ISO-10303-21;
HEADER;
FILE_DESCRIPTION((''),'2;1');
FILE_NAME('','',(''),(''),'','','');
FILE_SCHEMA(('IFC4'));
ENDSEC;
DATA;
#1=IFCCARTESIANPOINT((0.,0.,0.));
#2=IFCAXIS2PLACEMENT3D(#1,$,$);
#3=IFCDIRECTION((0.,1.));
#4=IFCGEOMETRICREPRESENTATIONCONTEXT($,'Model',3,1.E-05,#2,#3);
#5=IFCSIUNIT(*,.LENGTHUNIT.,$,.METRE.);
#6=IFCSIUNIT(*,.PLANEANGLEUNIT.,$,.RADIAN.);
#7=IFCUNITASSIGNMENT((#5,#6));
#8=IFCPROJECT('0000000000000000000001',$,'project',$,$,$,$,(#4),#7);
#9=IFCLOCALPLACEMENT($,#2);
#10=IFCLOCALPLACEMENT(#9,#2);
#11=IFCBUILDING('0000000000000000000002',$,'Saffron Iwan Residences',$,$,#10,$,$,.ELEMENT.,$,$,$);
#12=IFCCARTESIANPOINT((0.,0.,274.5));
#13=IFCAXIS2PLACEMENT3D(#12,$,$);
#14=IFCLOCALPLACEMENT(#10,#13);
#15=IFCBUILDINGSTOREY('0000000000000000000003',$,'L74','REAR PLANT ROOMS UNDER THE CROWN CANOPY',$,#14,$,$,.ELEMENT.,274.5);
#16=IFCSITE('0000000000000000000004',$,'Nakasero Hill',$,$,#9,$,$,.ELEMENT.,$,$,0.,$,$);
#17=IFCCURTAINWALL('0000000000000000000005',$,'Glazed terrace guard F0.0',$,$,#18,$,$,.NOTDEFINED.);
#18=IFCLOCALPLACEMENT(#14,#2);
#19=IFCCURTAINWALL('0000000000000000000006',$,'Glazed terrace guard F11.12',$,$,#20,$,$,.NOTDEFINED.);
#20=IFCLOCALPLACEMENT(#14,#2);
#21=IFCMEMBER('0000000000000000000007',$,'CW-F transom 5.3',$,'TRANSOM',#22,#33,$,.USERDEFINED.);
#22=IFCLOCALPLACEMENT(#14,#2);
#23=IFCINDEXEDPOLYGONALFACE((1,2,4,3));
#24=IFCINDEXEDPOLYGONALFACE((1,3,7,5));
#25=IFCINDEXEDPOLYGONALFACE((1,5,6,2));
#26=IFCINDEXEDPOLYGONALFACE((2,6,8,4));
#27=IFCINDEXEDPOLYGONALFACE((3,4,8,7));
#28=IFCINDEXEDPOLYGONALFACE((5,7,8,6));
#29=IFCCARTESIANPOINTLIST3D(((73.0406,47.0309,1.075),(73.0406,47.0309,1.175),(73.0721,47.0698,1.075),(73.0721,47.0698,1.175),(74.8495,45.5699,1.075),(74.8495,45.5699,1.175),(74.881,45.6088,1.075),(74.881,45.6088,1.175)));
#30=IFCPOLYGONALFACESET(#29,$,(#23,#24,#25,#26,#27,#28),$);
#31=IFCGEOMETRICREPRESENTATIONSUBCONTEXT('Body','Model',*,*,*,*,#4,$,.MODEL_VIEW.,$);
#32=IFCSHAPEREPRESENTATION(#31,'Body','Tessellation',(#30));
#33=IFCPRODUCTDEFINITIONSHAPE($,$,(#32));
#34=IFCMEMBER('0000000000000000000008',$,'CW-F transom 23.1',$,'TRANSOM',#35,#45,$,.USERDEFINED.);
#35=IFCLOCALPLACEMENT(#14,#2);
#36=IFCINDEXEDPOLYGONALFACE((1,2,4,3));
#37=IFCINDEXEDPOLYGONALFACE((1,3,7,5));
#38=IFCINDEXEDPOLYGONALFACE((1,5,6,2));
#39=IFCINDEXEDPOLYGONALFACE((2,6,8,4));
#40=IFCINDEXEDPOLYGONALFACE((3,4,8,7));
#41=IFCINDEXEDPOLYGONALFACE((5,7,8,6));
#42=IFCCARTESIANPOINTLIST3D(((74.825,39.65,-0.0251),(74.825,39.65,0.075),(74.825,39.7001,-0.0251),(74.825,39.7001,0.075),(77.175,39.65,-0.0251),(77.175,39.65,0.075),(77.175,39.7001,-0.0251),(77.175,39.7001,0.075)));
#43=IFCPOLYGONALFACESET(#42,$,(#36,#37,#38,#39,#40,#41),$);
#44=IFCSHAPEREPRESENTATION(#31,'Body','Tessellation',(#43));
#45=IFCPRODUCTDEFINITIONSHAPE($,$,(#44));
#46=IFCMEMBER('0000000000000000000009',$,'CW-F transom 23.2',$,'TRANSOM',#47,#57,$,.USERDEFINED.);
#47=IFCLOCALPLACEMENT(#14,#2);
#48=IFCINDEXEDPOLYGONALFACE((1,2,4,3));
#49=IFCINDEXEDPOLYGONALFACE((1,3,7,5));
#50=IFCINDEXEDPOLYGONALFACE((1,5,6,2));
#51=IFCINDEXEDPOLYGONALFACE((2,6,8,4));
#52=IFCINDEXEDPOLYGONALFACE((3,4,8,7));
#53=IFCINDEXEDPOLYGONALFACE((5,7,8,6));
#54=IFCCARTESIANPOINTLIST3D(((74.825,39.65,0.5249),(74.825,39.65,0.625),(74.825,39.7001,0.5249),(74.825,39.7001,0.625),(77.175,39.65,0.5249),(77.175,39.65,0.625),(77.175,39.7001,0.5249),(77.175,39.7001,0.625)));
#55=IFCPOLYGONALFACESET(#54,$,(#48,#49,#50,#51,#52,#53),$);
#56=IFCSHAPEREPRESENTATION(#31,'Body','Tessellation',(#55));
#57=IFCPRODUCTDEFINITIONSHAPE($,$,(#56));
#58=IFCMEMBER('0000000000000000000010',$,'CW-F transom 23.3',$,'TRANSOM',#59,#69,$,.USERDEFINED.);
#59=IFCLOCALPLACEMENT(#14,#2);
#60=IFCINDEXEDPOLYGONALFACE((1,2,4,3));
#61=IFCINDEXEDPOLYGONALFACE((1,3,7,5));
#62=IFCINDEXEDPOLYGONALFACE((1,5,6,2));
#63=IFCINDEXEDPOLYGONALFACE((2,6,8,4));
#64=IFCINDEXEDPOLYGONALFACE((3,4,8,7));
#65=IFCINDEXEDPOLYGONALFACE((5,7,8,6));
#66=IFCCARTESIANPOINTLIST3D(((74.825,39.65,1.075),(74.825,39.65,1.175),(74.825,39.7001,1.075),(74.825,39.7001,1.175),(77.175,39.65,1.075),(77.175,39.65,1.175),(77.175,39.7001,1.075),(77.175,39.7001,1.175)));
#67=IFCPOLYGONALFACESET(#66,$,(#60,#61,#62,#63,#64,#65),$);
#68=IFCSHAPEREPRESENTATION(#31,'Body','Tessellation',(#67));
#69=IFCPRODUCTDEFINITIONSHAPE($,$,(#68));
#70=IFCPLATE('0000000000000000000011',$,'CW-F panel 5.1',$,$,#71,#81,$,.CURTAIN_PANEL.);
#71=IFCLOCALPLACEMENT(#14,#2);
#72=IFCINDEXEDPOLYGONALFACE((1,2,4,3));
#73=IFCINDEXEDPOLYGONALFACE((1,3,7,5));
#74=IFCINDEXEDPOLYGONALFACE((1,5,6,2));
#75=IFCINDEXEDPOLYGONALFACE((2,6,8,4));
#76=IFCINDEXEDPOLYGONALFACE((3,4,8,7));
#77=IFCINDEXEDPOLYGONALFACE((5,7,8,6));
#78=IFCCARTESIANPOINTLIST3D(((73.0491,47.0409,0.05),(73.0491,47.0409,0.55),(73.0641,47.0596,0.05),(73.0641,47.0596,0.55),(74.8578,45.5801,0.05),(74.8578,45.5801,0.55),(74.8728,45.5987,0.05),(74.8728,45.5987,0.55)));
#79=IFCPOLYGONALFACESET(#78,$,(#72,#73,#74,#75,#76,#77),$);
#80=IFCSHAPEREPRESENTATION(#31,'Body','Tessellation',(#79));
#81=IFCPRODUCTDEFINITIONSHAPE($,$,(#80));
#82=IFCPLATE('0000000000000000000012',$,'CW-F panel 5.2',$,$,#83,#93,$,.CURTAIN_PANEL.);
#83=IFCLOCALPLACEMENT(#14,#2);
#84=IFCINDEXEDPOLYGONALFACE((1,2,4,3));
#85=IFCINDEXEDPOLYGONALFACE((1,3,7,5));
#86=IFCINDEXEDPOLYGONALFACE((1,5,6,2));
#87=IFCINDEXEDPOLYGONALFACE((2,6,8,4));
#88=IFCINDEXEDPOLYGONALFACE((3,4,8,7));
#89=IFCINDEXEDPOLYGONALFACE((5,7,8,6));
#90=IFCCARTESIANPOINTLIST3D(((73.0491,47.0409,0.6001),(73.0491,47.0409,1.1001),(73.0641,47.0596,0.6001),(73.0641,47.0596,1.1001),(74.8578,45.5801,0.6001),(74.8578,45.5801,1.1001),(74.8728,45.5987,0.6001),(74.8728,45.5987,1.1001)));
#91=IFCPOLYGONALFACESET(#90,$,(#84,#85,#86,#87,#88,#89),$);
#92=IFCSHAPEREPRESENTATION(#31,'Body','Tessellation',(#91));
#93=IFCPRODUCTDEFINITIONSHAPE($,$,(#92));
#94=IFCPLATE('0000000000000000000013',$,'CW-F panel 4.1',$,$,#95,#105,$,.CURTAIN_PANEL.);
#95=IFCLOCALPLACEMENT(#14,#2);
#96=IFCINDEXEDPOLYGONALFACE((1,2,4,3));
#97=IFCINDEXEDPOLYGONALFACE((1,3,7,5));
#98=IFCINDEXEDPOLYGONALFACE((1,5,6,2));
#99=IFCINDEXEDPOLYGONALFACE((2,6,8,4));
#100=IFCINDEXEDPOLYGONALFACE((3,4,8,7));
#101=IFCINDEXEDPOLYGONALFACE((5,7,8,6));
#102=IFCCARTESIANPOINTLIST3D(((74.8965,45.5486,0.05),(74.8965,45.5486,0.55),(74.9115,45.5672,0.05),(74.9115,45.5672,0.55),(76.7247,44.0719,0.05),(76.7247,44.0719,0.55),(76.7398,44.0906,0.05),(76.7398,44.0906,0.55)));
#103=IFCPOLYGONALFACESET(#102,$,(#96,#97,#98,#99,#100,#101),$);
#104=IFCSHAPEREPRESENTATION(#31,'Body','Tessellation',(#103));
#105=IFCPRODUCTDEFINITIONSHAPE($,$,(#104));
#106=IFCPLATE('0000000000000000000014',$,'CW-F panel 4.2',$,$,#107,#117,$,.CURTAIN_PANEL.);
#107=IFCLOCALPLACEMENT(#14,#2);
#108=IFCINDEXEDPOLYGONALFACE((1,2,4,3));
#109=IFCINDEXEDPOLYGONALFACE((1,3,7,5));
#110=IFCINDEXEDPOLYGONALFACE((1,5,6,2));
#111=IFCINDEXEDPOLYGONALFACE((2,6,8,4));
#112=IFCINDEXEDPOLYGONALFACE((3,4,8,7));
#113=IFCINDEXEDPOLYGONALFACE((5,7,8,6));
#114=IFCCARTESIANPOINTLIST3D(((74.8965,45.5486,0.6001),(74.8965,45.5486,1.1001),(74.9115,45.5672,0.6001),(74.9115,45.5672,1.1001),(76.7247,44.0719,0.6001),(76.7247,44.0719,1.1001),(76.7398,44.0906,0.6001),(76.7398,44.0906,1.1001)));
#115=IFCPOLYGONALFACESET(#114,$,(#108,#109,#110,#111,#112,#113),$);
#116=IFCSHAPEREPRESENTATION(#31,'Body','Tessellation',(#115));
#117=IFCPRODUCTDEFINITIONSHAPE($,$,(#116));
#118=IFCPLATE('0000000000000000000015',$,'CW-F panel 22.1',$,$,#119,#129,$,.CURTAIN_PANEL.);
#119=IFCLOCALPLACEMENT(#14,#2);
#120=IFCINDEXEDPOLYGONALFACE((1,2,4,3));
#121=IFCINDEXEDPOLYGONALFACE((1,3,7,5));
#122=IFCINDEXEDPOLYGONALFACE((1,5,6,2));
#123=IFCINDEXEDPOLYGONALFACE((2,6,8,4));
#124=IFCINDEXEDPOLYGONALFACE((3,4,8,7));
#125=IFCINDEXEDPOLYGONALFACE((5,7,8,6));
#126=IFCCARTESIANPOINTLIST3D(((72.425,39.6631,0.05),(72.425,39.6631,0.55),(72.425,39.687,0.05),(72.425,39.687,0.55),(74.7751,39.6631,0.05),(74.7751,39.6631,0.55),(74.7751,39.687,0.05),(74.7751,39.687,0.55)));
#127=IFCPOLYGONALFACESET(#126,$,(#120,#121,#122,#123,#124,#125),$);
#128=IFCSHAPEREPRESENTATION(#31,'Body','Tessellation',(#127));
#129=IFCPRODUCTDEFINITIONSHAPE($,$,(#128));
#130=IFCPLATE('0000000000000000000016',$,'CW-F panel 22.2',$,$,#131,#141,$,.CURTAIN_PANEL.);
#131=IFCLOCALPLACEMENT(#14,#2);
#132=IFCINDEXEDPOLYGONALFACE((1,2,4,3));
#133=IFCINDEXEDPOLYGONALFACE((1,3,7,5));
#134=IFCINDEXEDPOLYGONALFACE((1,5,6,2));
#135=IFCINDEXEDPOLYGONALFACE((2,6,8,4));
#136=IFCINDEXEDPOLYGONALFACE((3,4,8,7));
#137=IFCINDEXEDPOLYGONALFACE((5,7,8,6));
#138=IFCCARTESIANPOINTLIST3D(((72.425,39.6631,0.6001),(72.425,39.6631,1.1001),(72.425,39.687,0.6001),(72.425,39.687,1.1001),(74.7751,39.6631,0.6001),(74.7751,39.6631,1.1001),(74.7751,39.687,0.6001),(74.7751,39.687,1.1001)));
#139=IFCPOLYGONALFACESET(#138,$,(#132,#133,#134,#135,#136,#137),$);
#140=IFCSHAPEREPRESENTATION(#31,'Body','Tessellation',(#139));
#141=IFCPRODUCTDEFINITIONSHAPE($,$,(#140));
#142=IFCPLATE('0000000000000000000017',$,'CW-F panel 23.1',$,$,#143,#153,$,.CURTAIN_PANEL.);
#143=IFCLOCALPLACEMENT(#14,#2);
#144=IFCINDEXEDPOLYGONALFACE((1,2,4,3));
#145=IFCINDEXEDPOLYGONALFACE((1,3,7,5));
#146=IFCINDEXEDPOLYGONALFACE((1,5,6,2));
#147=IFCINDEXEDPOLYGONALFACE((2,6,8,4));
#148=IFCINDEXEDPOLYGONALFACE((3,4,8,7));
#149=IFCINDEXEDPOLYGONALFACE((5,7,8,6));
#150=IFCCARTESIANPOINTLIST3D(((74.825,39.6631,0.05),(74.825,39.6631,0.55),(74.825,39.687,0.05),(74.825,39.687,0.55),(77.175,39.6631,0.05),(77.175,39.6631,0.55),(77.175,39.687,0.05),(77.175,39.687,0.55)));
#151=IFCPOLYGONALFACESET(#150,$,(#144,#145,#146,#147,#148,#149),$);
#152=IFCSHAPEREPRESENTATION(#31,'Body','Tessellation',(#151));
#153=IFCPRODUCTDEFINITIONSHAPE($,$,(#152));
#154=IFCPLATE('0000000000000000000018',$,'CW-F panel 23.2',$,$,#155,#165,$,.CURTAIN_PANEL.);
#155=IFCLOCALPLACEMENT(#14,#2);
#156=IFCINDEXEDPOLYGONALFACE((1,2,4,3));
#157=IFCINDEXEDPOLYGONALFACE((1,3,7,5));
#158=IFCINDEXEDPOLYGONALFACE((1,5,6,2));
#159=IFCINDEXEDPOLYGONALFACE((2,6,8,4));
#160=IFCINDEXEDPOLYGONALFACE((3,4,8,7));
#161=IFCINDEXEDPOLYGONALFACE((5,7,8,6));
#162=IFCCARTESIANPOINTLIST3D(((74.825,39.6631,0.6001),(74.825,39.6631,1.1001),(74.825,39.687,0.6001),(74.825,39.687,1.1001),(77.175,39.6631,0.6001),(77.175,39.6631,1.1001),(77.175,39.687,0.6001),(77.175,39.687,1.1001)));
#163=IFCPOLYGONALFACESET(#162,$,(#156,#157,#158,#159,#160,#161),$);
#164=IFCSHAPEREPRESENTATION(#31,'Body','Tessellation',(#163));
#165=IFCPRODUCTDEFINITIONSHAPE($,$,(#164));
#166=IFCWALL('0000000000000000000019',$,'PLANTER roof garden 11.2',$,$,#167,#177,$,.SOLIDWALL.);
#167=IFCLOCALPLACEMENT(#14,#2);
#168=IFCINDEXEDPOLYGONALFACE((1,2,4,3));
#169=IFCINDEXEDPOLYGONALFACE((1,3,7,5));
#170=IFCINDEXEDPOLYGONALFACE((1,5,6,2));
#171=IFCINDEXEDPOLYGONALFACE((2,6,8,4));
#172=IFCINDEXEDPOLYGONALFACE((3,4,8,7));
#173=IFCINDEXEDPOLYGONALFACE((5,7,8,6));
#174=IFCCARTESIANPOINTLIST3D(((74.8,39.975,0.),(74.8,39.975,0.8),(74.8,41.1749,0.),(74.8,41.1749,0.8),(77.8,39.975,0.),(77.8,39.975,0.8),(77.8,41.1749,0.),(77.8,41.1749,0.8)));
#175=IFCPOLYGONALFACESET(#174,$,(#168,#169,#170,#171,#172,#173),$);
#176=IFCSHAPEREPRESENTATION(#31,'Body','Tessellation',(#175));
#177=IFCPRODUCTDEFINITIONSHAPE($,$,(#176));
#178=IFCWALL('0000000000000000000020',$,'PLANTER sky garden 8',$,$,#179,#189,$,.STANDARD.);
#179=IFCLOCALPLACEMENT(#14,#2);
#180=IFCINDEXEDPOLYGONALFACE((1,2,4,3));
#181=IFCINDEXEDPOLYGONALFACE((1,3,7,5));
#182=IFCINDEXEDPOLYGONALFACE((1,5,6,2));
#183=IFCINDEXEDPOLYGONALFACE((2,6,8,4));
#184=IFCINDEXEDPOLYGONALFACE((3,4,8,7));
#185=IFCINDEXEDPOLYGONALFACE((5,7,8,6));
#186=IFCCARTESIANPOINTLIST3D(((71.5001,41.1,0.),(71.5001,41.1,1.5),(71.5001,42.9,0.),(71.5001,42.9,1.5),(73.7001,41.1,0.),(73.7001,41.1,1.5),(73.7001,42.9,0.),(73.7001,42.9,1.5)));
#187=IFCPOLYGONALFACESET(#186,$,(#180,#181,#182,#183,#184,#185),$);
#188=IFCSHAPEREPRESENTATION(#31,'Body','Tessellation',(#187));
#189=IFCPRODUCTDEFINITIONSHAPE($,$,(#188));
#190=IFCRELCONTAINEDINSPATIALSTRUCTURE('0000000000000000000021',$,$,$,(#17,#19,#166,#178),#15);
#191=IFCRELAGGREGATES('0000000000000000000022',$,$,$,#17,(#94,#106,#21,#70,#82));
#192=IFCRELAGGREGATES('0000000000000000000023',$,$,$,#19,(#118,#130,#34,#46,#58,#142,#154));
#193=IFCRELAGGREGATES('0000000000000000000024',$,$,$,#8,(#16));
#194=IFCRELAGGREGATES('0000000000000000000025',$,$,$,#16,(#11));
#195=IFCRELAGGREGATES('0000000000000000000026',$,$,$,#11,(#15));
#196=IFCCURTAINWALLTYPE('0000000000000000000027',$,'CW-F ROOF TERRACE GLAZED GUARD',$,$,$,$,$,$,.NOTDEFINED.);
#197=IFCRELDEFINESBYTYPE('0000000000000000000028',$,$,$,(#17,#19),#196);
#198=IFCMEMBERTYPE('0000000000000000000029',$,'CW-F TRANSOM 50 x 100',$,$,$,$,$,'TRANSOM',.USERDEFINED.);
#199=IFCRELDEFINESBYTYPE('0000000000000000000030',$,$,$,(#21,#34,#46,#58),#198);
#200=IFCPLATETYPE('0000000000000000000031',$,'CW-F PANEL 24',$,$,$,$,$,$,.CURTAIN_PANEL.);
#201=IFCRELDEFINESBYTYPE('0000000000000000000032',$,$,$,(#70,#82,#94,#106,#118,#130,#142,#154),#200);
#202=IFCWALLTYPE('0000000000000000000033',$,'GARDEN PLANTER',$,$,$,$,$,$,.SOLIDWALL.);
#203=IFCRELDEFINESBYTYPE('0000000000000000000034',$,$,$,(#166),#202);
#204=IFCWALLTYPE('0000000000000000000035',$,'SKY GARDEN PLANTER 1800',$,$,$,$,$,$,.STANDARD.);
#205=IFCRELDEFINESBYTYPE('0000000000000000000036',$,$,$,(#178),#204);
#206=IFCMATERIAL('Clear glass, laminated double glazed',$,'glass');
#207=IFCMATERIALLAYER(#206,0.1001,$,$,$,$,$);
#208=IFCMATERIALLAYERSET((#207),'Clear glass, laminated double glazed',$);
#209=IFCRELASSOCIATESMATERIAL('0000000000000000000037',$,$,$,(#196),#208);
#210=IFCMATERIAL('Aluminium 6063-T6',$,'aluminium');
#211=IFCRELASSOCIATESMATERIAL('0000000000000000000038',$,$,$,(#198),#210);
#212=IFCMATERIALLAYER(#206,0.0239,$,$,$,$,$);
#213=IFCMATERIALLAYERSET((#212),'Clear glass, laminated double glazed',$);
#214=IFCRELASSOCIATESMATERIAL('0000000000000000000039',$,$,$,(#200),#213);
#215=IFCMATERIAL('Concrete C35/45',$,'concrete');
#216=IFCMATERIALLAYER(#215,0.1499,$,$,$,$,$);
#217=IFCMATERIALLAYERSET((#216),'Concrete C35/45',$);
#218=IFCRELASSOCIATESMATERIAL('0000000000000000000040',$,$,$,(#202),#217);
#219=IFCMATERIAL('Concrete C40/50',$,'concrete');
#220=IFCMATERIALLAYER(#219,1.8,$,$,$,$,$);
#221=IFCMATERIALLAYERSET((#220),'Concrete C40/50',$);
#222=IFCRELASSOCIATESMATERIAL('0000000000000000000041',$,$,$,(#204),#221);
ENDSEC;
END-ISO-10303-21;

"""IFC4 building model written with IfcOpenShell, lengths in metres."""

from ifc_helpers import new_model, si_unit, direction, frame, frame_2d, origin, origin_2d, place, context, subcontext, project, spatial, rectangle, extrude, source, transform, mapped, material, layer, layer_set, material_profile, profile_set, type_object, element, aggregate, save


model = new_model("IFC4")

# Units and contexts
model_context = context("Model", 3, precision=1e-05, world=origin(), true_north=direction((0.0, 1.0)))
body_context = subcontext(model_context, "Body", "Model", "MODEL_VIEW")
ifc_project = project(units=[si_unit("LENGTHUNIT", "METRE"), si_unit("PLANEANGLEUNIT", "RADIAN")], contexts=[model_context])

# Site, building, storey
site_placement = place(None, origin())
site = spatial("IfcSite", under=ifc_project, at=site_placement, Name="Nakasero Hill", CompositionType="ELEMENT", RefElevation=0.0)
building_placement = place(site_placement, origin())
building = spatial("IfcBuilding", under=site, at=building_placement, Name="Saffron Iwan Residences", CompositionType="ELEMENT")
storey_placement = place(building_placement, frame((0.0, 0.0, 274.5)))
storey = spatial("IfcBuildingStorey", under=building, at=storey_placement, Name="L74", Description="REAR PLANT ROOMS UNDER THE CROWN CANOPY", CompositionType="ELEMENT", Elevation=274.5)

# Curtain walls
ifc_material_1 = material(Name="Clear glass, laminated double glazed", Category="glass")
ifc_layer_1 = layer(ifc_material_1, 0.1001)
ifc_layer_set_1 = layer_set([ifc_layer_1], Name="Clear glass, laminated double glazed")
curtain_wall_type = type_object("IfcCurtainWallType", Name="CW-F ROOF TERRACE GLAZED GUARD", PredefinedType="NOTDEFINED", material=ifc_layer_set_1)
curtain_wall_1_placement = place(storey_placement, origin())
curtain_wall_1 = element("IfcCurtainWall", 1, at=curtain_wall_1_placement, inside=storey, type_object=curtain_wall_type, Name="Glazed terrace guard F0.0", PredefinedType="NOTDEFINED")
ifc_material_2 = material(Name="Aluminium 6063-T6", Category="aluminium")
curtain_wall_2_placement = place(storey_placement, origin())
curtain_wall_2 = element("IfcCurtainWall", 2, at=curtain_wall_2_placement, inside=storey, type_object=curtain_wall_type, Name="Glazed terrace guard F11.12", PredefinedType="NOTDEFINED")

# Members
ifc_material_profile_1 = material_profile(ifc_material_2, rectangle(XDim=0.05, YDim=0.1001, at=origin_2d()), Name="CW-F TRANSOM 50 x 100")
ifc_profile_set_1 = profile_set([ifc_material_profile_1], Name="Aluminium 6063-T6")
member_type_1 = type_object("IfcMemberType", Name="CW-F TRANSOM 50 x 100", ElementType="TRANSOM", PredefinedType="USERDEFINED", material=ifc_profile_set_1)
shared_shape_1 = source(origin(), body_context, "Body", "SweptSolid", [
    extrude(rectangle(XDim=0.05, YDim=0.1001, at=origin_2d()), origin(), (0.0, 0.0, 1.0), 2.3252),
])
member_1_placement = place(storey_placement, frame((74.8652, 45.5894, 1.125), z_axis=(-0.777951, 0.628325, 0.0), x_axis=(-0.628325, -0.777951, 0.0)))
member_1 = element("IfcMember", 3, at=member_1_placement, type_object=member_type_1, Name="CW-F transom 5.3", ObjectType="TRANSOM", PredefinedType="USERDEFINED", context=body_context, shape_type="MappedRepresentation", body=[
    mapped(shared_shape_1, transform((0.0, 0.0, 0.0))),
])
shared_shape_2 = source(origin(), body_context, "Body", "SweptSolid", [
    extrude(rectangle(XDim=0.05, YDim=0.1001, at=origin_2d()), origin(), (0.0, 0.0, 1.0), 2.3501),
])
member_2_placement = place(storey_placement, frame((74.825, 39.675, 0.0249), z_axis=(1.0, 0.0, 0.0), x_axis=(0.0, 1.0, 0.0)))
member_2 = element("IfcMember", 4, at=member_2_placement, type_object=member_type_1, Name="CW-F transom 23.1", ObjectType="TRANSOM", PredefinedType="USERDEFINED", context=body_context, shape_type="MappedRepresentation", body=[
    mapped(shared_shape_2, transform((0.0, 0.0, 0.0))),
])
member_3_placement = place(storey_placement, frame((74.825, 39.675, 0.575), z_axis=(1.0, 0.0, 0.0), x_axis=(0.0, 1.0, 0.0)))
member_3 = element("IfcMember", 5, at=member_3_placement, type_object=member_type_1, Name="CW-F transom 23.2", ObjectType="TRANSOM", PredefinedType="USERDEFINED", context=body_context, shape_type="MappedRepresentation", body=[
    mapped(shared_shape_2, transform((0.0, 0.0, 0.0))),
])
member_4_placement = place(storey_placement, frame((74.825, 39.675, 1.125), z_axis=(1.0, 0.0, 0.0), x_axis=(0.0, 1.0, 0.0)))
member_4 = element("IfcMember", 6, at=member_4_placement, type_object=member_type_1, Name="CW-F transom 23.3", ObjectType="TRANSOM", PredefinedType="USERDEFINED", context=body_context, shape_type="MappedRepresentation", body=[
    mapped(shared_shape_2, transform((0.0, 0.0, 0.0))),
])

# Plates
ifc_layer_2 = layer(ifc_material_1, 0.0239)
ifc_layer_set_2 = layer_set([ifc_layer_2], Name="Clear glass, laminated double glazed")
plate_type = type_object("IfcPlateType", Name="CW-F PANEL 24", PredefinedType="CURTAIN_PANEL", material=ifc_layer_set_2)
shared_shape_3 = source(origin(), body_context, "Body", "SweptSolid", [
    extrude(rectangle(XDim=2.325, YDim=0.0239, at=origin_2d()), origin(), (0.0, 0.0, 1.0), 0.5),
])
plate_1_placement = place(storey_placement, frame((73.9609, 46.3198, 0.05), z_axis=(0.0, 0.0, 1.0), x_axis=(-0.777941, 0.628337, 0.0)))
plate_1 = element("IfcPlate", 7, at=plate_1_placement, type_object=plate_type, Name="CW-F panel 5.1", PredefinedType="CURTAIN_PANEL", context=body_context, shape_type="MappedRepresentation", body=[
    mapped(shared_shape_3, transform((0.0, 0.0, 0.0))),
])
plate_2_placement = place(storey_placement, frame((73.9609, 46.3198, 0.6001), z_axis=(0.0, 0.0, 1.0), x_axis=(-0.777941, 0.628337, 0.0)))
plate_2 = element("IfcPlate", 8, at=plate_2_placement, type_object=plate_type, Name="CW-F panel 5.2", PredefinedType="CURTAIN_PANEL", context=body_context, shape_type="MappedRepresentation", body=[
    mapped(shared_shape_3, transform((0.0, 0.0, 0.0))),
])
shared_shape_4 = source(origin(), body_context, "Body", "SweptSolid", [
    extrude(rectangle(XDim=2.3501, YDim=0.0239, at=origin_2d()), origin(), (0.0, 0.0, 1.0), 0.5),
])
plate_3_placement = place(storey_placement, frame((75.8181, 44.8196, 0.05), z_axis=(0.0, 0.0, 1.0), x_axis=(-0.777941, 0.628337, 0.0)))
plate_3 = element("IfcPlate", 9, at=plate_3_placement, type_object=plate_type, Name="CW-F panel 4.1", PredefinedType="CURTAIN_PANEL", context=body_context, shape_type="MappedRepresentation", body=[
    mapped(shared_shape_4, transform((0.0, 0.0, 0.0))),
])
plate_4_placement = place(storey_placement, frame((75.8181, 44.8196, 0.6001), z_axis=(0.0, 0.0, 1.0), x_axis=(-0.777941, 0.628337, 0.0)))
plate_4 = element("IfcPlate", 10, at=plate_4_placement, type_object=plate_type, Name="CW-F panel 4.2", PredefinedType="CURTAIN_PANEL", context=body_context, shape_type="MappedRepresentation", body=[
    mapped(shared_shape_4, transform((0.0, 0.0, 0.0))),
])
aggregate(curtain_wall_1, [plate_3, plate_4, member_1, plate_1, plate_2])
plate_5_placement = place(storey_placement, frame((73.6001, 39.675, 0.05), z_axis=(0.0, 0.0, 1.0), x_axis=(1.0, 0.0, 0.0)))
plate_5 = element("IfcPlate", 11, at=plate_5_placement, type_object=plate_type, Name="CW-F panel 22.1", PredefinedType="CURTAIN_PANEL", context=body_context, shape_type="MappedRepresentation", body=[
    mapped(shared_shape_4, transform((0.0, 0.0, 0.0))),
])
plate_6_placement = place(storey_placement, frame((73.6001, 39.675, 0.6001), z_axis=(0.0, 0.0, 1.0), x_axis=(1.0, 0.0, 0.0)))
plate_6 = element("IfcPlate", 12, at=plate_6_placement, type_object=plate_type, Name="CW-F panel 22.2", PredefinedType="CURTAIN_PANEL", context=body_context, shape_type="MappedRepresentation", body=[
    mapped(shared_shape_4, transform((0.0, 0.0, 0.0))),
])
plate_7_placement = place(storey_placement, frame((76.0, 39.675, 0.05), z_axis=(0.0, 0.0, 1.0), x_axis=(1.0, 0.0, 0.0)))
plate_7 = element("IfcPlate", 13, at=plate_7_placement, type_object=plate_type, Name="CW-F panel 23.1", PredefinedType="CURTAIN_PANEL", context=body_context, shape_type="MappedRepresentation", body=[
    mapped(shared_shape_4, transform((0.0, 0.0, 0.0))),
])
plate_8_placement = place(storey_placement, frame((76.0, 39.675, 0.6001), z_axis=(0.0, 0.0, 1.0), x_axis=(1.0, 0.0, 0.0)))
plate_8 = element("IfcPlate", 14, at=plate_8_placement, type_object=plate_type, Name="CW-F panel 23.2", PredefinedType="CURTAIN_PANEL", context=body_context, shape_type="MappedRepresentation", body=[
    mapped(shared_shape_4, transform((0.0, 0.0, 0.0))),
])
aggregate(curtain_wall_2, [plate_5, plate_6, member_2, member_3, member_4, plate_7, plate_8])

# Walls
ifc_material_3 = material(Name="Concrete C35/45", Category="concrete")
ifc_layer_3 = layer(ifc_material_3, 0.1499)
ifc_layer_set_3 = layer_set([ifc_layer_3], Name="Concrete C35/45")
wall_type_1 = type_object("IfcWallType", Name="GARDEN PLANTER", PredefinedType="SOLIDWALL", material=ifc_layer_set_3)
wall_1_placement = place(storey_placement, frame((74.8, 40.575, 0.0), z_axis=(0.0, 0.0, 1.0), x_axis=(1.0, 0.0, 0.0)))
element("IfcWall", 15, at=wall_1_placement, inside=storey, type_object=wall_type_1, Name="PLANTER roof garden 11.2", PredefinedType="SOLIDWALL", context=body_context, shape_type="SweptSolid", body=[
    extrude(rectangle(XDim=3.0, YDim=1.2, at=frame_2d((1.5, 0.0))), origin(), (0.0, 0.0, 1.0), 0.8),
])
ifc_material_4 = material(Name="Concrete C40/50", Category="concrete")
ifc_layer_4 = layer(ifc_material_4, 1.8)
ifc_layer_set_4 = layer_set([ifc_layer_4], Name="Concrete C40/50")
wall_type_2 = type_object("IfcWallType", Name="SKY GARDEN PLANTER 1800", PredefinedType="STANDARD", material=ifc_layer_set_4)
wall_2_placement = place(storey_placement, frame((71.5, 42.0, 0.0), z_axis=(0.0, 0.0, 1.0), x_axis=(1.0, 0.0, 0.0)))
element("IfcWall", 16, at=wall_2_placement, inside=storey, type_object=wall_type_2, Name="PLANTER sky garden 8", PredefinedType="STANDARD", context=body_context, shape_type="SweptSolid", body=[
    extrude(rectangle(XDim=2.2, YDim=1.8, at=frame_2d((1.1001, 0.0))), origin(), (0.0, 0.0, 1.0), 1.5),
])

save(model, "model.ifc")
